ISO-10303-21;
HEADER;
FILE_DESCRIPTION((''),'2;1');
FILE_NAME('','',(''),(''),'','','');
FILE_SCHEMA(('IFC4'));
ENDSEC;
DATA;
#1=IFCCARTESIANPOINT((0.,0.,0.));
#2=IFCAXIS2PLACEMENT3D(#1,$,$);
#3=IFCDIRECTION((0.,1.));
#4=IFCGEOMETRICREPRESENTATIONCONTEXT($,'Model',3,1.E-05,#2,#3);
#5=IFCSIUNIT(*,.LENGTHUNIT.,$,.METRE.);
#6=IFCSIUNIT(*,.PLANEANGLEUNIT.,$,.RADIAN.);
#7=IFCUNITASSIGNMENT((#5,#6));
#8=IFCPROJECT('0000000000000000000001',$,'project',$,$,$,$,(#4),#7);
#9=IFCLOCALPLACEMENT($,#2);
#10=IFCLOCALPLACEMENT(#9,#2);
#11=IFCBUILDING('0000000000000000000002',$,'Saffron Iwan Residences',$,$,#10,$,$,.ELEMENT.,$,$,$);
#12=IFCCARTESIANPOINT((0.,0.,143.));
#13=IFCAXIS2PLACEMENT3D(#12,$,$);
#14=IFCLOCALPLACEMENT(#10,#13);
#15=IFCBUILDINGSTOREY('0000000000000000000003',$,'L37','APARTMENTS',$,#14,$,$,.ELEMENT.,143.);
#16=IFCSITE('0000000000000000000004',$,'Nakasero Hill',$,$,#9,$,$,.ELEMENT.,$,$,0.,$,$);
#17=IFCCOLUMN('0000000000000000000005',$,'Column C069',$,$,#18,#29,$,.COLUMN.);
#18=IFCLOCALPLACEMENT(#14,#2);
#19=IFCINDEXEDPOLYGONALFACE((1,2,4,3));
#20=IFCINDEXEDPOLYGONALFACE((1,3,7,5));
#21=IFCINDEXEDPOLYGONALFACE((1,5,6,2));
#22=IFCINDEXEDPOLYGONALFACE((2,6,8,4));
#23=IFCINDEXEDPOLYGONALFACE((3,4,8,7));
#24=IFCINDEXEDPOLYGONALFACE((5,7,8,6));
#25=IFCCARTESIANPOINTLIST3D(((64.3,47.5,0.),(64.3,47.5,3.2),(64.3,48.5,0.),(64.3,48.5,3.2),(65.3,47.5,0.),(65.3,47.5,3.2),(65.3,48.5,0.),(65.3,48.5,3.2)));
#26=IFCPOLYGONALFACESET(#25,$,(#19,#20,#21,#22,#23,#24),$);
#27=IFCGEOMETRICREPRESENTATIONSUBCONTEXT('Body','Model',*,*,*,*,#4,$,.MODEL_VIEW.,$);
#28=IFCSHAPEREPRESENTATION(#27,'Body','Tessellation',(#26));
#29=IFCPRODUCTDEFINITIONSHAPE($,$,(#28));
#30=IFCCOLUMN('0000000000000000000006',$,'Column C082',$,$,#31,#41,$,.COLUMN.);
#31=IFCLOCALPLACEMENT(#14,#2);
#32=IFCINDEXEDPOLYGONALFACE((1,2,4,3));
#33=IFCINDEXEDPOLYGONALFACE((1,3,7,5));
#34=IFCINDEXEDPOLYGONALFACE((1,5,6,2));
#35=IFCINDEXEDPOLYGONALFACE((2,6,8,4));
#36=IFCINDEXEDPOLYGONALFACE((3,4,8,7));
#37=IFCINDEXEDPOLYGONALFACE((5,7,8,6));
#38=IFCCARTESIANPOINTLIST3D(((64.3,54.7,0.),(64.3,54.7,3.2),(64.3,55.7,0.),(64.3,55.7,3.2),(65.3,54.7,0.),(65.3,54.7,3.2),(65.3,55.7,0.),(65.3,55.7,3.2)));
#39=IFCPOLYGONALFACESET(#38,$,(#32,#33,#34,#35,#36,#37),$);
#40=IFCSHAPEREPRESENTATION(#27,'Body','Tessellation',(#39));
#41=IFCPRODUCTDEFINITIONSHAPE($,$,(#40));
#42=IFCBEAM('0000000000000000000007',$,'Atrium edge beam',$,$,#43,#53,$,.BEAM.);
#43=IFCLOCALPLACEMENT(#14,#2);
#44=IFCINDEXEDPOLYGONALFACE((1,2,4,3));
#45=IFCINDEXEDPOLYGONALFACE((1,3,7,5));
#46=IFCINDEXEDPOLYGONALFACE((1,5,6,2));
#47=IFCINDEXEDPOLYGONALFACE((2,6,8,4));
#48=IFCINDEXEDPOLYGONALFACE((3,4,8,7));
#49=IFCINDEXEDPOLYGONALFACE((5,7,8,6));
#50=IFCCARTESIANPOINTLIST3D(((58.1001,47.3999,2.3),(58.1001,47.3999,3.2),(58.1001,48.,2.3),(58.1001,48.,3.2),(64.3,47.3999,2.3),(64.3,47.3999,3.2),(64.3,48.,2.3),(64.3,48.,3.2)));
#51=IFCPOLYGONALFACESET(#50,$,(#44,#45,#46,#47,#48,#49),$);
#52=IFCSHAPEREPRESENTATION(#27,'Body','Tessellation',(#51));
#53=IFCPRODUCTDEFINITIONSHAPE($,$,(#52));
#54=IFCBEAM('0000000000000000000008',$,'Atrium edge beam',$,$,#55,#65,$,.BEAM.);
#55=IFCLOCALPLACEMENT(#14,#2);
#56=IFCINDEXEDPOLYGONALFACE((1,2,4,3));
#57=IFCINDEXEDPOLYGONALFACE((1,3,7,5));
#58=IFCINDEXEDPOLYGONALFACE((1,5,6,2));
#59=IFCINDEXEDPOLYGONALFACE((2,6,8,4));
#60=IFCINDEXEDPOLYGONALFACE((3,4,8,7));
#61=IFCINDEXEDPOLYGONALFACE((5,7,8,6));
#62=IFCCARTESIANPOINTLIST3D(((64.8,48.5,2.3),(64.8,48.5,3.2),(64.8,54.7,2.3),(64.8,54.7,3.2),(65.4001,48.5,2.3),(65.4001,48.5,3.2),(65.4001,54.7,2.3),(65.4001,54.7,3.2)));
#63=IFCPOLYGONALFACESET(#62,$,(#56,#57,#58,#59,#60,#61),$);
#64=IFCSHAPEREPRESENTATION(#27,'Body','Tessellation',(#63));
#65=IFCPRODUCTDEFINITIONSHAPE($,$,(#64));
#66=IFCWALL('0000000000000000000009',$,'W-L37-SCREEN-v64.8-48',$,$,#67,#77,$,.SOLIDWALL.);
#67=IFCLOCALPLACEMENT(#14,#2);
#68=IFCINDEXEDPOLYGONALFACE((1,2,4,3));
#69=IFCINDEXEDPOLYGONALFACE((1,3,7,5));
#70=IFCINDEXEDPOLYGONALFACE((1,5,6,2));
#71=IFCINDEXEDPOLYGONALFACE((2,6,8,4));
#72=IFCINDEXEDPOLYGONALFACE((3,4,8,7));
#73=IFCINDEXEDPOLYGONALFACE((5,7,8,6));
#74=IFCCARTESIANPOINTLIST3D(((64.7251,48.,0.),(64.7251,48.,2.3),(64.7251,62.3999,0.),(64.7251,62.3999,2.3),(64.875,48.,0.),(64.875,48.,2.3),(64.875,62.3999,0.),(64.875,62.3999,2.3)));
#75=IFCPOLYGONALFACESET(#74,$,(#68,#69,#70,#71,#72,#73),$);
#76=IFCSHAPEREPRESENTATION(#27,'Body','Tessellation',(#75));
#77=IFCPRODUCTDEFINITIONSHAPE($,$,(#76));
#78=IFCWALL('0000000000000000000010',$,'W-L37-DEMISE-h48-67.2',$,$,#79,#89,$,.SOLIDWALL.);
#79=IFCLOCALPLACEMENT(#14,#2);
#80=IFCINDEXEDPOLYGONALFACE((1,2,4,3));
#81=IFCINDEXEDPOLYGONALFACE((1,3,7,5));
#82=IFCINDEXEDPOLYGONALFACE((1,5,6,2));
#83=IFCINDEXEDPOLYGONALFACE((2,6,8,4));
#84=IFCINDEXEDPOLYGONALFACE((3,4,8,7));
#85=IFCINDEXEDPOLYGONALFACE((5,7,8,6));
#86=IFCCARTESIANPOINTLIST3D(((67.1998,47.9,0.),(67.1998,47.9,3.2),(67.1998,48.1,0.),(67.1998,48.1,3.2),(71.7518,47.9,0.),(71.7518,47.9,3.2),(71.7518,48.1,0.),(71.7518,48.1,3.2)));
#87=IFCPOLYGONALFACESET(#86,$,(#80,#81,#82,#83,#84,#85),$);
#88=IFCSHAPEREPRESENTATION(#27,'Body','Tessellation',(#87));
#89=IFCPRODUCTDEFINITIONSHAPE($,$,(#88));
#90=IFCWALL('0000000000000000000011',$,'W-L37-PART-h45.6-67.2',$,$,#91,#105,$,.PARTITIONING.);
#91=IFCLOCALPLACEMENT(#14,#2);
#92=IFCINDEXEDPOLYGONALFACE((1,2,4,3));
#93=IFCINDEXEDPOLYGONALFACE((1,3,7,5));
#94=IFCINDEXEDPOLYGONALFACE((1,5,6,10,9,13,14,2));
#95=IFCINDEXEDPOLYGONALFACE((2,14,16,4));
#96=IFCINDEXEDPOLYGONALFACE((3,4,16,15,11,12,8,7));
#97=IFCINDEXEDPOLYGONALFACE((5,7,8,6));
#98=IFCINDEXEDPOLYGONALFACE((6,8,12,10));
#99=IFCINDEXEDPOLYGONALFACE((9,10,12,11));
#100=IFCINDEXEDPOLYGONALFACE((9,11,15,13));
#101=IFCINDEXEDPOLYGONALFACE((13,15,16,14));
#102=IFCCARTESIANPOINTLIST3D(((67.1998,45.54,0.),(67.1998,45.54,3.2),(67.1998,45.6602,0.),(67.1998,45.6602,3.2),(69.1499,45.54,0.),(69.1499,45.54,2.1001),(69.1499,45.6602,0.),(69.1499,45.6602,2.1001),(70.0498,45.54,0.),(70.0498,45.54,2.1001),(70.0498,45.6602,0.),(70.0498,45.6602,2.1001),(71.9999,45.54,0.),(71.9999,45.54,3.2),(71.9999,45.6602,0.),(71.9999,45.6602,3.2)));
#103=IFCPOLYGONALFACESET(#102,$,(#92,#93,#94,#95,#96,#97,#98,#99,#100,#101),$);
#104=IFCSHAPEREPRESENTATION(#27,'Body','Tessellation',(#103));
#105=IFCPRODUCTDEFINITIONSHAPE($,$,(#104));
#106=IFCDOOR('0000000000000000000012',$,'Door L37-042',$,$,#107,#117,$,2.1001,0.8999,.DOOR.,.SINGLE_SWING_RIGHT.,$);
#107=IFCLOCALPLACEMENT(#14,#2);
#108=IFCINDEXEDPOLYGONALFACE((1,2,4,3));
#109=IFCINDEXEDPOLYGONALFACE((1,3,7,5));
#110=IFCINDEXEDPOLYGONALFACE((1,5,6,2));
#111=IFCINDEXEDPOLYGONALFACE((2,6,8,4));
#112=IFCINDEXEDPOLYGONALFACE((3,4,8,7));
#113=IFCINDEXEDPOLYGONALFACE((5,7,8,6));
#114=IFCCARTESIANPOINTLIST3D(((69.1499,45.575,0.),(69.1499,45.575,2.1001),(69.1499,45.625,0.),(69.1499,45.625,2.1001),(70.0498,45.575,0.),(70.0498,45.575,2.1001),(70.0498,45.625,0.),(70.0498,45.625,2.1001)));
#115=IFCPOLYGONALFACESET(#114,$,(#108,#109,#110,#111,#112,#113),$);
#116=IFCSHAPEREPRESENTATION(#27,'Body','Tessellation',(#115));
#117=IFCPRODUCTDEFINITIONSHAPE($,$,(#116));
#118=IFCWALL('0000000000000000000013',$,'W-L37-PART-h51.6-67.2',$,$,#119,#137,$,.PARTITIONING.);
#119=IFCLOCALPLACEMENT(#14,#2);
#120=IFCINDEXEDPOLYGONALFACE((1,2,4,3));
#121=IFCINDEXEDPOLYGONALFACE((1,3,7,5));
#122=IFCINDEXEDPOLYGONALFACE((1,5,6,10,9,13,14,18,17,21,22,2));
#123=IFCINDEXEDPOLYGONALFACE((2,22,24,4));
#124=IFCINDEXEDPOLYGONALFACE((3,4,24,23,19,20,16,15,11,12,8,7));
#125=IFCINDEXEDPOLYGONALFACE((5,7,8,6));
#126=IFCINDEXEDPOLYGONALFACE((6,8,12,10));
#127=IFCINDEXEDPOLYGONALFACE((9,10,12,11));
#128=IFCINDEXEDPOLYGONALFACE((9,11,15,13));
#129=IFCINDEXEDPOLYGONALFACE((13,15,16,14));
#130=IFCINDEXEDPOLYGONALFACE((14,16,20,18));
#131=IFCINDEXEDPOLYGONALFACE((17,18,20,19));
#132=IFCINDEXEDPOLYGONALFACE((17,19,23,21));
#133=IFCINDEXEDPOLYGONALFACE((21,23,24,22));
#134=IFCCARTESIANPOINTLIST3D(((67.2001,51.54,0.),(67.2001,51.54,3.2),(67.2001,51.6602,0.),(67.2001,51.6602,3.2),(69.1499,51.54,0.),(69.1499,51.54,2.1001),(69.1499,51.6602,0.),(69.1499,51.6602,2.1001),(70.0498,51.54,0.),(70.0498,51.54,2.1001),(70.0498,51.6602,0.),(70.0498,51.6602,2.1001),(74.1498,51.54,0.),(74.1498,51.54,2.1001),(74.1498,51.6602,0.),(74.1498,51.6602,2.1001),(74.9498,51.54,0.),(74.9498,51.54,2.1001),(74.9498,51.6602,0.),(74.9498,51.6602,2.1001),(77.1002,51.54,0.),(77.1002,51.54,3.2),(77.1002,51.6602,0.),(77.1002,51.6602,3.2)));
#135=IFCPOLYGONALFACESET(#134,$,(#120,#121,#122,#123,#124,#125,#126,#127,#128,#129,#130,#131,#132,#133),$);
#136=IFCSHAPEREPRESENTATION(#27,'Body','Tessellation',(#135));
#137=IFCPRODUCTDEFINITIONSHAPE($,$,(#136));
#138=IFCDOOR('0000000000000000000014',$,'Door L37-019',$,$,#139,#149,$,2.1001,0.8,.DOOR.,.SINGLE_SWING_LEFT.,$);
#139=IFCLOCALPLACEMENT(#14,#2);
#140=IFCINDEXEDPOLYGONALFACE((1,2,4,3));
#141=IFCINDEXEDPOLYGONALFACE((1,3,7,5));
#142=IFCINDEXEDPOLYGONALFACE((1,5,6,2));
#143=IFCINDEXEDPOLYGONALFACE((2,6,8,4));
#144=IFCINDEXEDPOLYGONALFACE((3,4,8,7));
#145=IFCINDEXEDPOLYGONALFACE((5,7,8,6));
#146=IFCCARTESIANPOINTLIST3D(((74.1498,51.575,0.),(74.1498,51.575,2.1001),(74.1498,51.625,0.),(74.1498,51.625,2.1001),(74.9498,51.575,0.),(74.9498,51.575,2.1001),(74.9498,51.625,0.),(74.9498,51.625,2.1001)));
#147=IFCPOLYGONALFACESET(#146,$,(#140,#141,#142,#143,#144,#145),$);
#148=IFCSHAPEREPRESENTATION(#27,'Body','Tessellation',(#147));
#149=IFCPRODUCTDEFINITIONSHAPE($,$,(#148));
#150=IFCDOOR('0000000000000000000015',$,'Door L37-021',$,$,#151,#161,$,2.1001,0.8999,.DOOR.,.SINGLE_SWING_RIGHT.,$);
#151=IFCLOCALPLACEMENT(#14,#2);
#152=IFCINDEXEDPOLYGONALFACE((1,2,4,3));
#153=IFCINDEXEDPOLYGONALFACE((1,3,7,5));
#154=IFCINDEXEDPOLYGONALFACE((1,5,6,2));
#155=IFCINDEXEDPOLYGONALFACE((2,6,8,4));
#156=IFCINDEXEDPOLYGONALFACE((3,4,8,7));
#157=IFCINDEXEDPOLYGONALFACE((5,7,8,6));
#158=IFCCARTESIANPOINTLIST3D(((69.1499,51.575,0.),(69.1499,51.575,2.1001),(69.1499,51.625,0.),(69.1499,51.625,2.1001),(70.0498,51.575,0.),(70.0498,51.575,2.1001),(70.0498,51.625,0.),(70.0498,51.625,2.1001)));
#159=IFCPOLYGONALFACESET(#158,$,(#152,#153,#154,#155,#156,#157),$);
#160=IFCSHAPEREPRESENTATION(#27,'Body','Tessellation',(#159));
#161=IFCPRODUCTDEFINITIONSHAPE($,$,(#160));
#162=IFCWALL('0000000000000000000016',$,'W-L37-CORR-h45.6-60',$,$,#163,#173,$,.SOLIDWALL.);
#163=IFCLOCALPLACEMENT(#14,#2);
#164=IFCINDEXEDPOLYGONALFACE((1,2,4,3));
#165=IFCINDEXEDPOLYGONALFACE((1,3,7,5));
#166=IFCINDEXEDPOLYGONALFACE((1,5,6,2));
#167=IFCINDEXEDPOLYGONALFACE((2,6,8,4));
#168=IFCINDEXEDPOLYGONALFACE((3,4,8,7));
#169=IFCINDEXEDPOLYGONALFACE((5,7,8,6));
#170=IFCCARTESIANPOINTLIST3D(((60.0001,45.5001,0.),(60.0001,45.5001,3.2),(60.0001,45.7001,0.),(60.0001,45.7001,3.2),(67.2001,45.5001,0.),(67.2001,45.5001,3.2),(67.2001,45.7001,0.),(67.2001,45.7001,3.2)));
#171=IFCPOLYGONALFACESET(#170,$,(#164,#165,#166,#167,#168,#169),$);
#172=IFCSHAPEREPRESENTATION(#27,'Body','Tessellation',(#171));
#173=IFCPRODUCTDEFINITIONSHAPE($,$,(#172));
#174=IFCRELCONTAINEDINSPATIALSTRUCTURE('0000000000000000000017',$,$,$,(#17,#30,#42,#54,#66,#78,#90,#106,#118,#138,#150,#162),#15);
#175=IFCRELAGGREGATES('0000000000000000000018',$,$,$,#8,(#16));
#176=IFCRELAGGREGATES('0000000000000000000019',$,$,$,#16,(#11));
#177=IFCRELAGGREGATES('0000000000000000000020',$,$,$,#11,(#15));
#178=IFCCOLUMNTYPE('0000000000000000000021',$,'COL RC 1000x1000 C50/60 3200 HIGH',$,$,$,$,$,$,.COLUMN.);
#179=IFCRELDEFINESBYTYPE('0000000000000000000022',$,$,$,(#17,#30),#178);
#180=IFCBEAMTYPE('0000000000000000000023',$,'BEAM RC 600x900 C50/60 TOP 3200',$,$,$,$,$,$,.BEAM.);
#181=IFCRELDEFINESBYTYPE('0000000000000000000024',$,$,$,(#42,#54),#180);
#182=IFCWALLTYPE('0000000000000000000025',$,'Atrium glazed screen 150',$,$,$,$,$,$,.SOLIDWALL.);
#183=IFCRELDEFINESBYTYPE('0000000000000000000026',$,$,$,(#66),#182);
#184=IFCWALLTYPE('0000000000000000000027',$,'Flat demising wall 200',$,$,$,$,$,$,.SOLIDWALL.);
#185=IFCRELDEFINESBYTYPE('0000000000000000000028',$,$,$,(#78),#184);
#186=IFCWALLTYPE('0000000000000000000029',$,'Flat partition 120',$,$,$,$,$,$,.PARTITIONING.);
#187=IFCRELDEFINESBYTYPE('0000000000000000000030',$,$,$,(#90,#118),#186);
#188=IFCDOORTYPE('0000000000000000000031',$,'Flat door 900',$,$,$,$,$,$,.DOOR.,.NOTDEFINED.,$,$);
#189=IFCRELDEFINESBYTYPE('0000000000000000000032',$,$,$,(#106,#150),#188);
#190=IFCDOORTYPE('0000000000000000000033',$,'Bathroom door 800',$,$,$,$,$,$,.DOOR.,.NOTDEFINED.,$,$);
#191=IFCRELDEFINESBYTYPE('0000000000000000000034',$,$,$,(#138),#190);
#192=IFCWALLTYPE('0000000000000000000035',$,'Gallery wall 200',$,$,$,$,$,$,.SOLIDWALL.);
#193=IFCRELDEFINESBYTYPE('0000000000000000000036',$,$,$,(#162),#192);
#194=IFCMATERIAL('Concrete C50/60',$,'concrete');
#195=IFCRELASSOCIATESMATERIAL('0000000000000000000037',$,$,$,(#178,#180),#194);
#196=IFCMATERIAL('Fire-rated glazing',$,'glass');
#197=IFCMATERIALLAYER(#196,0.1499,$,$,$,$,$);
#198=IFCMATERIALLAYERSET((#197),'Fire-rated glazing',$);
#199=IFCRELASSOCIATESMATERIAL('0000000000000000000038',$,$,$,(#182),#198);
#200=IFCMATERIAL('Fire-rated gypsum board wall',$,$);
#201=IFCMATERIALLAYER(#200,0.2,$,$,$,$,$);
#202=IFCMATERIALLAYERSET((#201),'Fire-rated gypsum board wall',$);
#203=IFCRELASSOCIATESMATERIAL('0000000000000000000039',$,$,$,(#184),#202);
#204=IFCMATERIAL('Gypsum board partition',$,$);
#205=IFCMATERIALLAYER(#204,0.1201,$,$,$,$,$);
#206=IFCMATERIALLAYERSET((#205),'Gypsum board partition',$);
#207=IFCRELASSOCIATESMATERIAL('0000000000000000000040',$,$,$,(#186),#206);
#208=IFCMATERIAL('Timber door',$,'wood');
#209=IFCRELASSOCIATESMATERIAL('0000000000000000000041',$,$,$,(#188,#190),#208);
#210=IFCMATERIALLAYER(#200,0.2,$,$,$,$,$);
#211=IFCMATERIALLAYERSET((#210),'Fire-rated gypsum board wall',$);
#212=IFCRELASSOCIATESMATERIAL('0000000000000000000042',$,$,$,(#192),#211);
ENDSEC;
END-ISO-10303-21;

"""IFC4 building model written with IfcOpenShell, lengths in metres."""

from ifc_helpers import new_model, si_unit, direction, frame, frame_2d, origin, origin_2d, place, context, subcontext, project, spatial, rectangle, extrude, source, transform, mapped, material, layer, layer_set, material_profile, profile_set, type_object, element, fill, save


model = new_model("IFC4")

# Units and contexts
model_context = context("Model", 3, precision=1e-05, world=origin(), true_north=direction((0.0, 1.0)))
body_context = subcontext(model_context, "Body", "Model", "MODEL_VIEW")
ifc_project = project(units=[si_unit("LENGTHUNIT", "METRE"), si_unit("PLANEANGLEUNIT", "RADIAN")], contexts=[model_context])

# Site, building, storey
site_placement = place(None, origin())
site = spatial("IfcSite", under=ifc_project, at=site_placement, Name="Nakasero Hill", CompositionType="ELEMENT", RefElevation=0.0)
building_placement = place(site_placement, origin())
building = spatial("IfcBuilding", under=site, at=building_placement, Name="Saffron Iwan Residences", CompositionType="ELEMENT")
storey_placement = place(building_placement, frame((0.0, 0.0, 143.0)))
storey = spatial("IfcBuildingStorey", under=building, at=storey_placement, Name="L37", Description="APARTMENTS", CompositionType="ELEMENT", Elevation=143.0)

# Columns
ifc_material_1 = material(Name="Concrete C50/60", Category="concrete")
ifc_material_profile_1 = material_profile(ifc_material_1, rectangle(XDim=1.0, YDim=1.0, at=origin_2d()), Name="RC 1000x1000")
ifc_profile_set_1 = profile_set([ifc_material_profile_1], Name="Concrete C50/60")
column_type = type_object("IfcColumnType", Name="COL RC 1000x1000 C50/60 3200 HIGH", PredefinedType="COLUMN", material=ifc_profile_set_1)
shared_shape_1 = source(origin(), body_context, "Body", "SweptSolid", [
    extrude(rectangle(XDim=1.0, YDim=1.0, at=origin_2d()), origin(), (0.0, 0.0, 1.0), 3.2),
])
for number, where, z_axis, x_axis, name in (
    (1, (64.8, 48.0, 0.0), (0.0, 0.0, 1.0), (1.0, 0.0, 0.0), "Column C069"),
    (2, (64.8, 55.2, 0.0), (0.0, 0.0, 1.0), (1.0, 0.0, 0.0), "Column C082"),
):
    element("IfcColumn", number, at=place(storey_placement, frame(where, z_axis=z_axis, x_axis=x_axis)), inside=storey, type_object=column_type, Name=name, PredefinedType="COLUMN", context=body_context, shape_type="MappedRepresentation", body=[
        mapped(shared_shape_1, transform((0.0, 0.0, 0.0))),
    ])

# Beams
ifc_material_profile_2 = material_profile(ifc_material_1, rectangle(XDim=0.6001, YDim=0.8999, at=origin_2d()), Name="RC 600x900")
ifc_profile_set_2 = profile_set([ifc_material_profile_2], Name="Concrete C50/60")
beam_type = type_object("IfcBeamType", Name="BEAM RC 600x900 C50/60 TOP 3200", PredefinedType="BEAM", material=ifc_profile_set_2)
shared_shape_2 = source(origin(), body_context, "Body", "SweptSolid", [
    extrude(rectangle(XDim=0.6001, YDim=0.8999, at=origin_2d()), origin(), (0.0, 0.0, 1.0), 6.2),
])
for number, where, z_axis, x_axis, name in (
    (3, (64.3, 47.7, 2.75), (-1.0, 0.0, 0.0), (0.0, -1.0, 0.0), "Atrium edge beam"),
    (4, (65.1001, 54.7, 2.75), (0.0, -1.0, 0.0), (1.0, 0.0, 0.0), "Atrium edge beam"),
):
    element("IfcBeam", number, at=place(storey_placement, frame(where, z_axis=z_axis, x_axis=x_axis)), inside=storey, type_object=beam_type, Name=name, PredefinedType="BEAM", context=body_context, shape_type="MappedRepresentation", body=[
        mapped(shared_shape_2, transform((0.0, 0.0, 0.0))),
    ])

# Walls
ifc_material_2 = material(Name="Fire-rated glazing", Category="glass")
ifc_layer_1 = layer(ifc_material_2, 0.1499)
ifc_layer_set_1 = layer_set([ifc_layer_1], Name="Fire-rated glazing")
wall_type_1 = type_object("IfcWallType", Name="Atrium glazed screen 150", PredefinedType="SOLIDWALL", material=ifc_layer_set_1)
wall_1_placement = place(storey_placement, frame((64.8, 48.0, 0.0), z_axis=(0.0, 0.0, 1.0), x_axis=(0.0, 1.0, 0.0)))
element("IfcWall", 5, at=wall_1_placement, inside=storey, type_object=wall_type_1, Name="W-L37-SCREEN-v64.8-48", PredefinedType="SOLIDWALL", context=body_context, shape_type="SweptSolid", body=[
    extrude(rectangle(XDim=14.3999, YDim=0.1499, at=frame_2d((7.2, 0.0))), origin(), (0.0, 0.0, 1.0), 2.3),
])
ifc_material_3 = material(Name="Fire-rated gypsum board wall")
ifc_layer_2 = layer(ifc_material_3, 0.2)
ifc_layer_set_2 = layer_set([ifc_layer_2], Name="Fire-rated gypsum board wall")
wall_type_2 = type_object("IfcWallType", Name="Flat demising wall 200", PredefinedType="SOLIDWALL", material=ifc_layer_set_2)
wall_2_placement = place(storey_placement, frame((67.2, 48.0, 0.0), z_axis=(0.0, 0.0, 1.0), x_axis=(1.0, 0.0, 0.0)))
element("IfcWall", 6, at=wall_2_placement, inside=storey, type_object=wall_type_2, Name="W-L37-DEMISE-h48-67.2", PredefinedType="SOLIDWALL", context=body_context, shape_type="SweptSolid", body=[
    extrude(rectangle(XDim=4.552, YDim=0.2, at=frame_2d((2.2759, 0.0))), origin(), (0.0, 0.0, 1.0), 3.2),
])

# Wall, opening, door
ifc_material_4 = material(Name="Gypsum board partition")
ifc_layer_3 = layer(ifc_material_4, 0.1201)
ifc_layer_set_3 = layer_set([ifc_layer_3], Name="Gypsum board partition")
wall_type_3 = type_object("IfcWallType", Name="Flat partition 120", PredefinedType="PARTITIONING", material=ifc_layer_set_3)
wall_3_placement = place(storey_placement, frame((67.2, 45.6001, 0.0), z_axis=(0.0, 0.0, 1.0), x_axis=(1.0, 0.0, 0.0)))
wall_3 = element("IfcWall", 7, at=wall_3_placement, inside=storey, type_object=wall_type_3, Name="W-L37-PART-h45.6-67.2", PredefinedType="PARTITIONING", context=body_context, shape_type="SweptSolid", body=[
    extrude(rectangle(XDim=4.8, YDim=0.1201, at=frame_2d((2.3999, 0.0))), origin(), (0.0, 0.0, 1.0), 3.2),
])
opening_1_placement = place(wall_3_placement, frame((1.95, 0.0, 0.0)))
opening_1 = element("IfcOpeningElement", 8, at=opening_1_placement, cuts=wall_3, PredefinedType="OPENING", context=body_context, shape_type="SweptSolid", body=[
    extrude(rectangle(XDim=0.8999, YDim=2.1001, at=frame_2d((0.45, 1.05))), frame((0.0, 0.0701, 0.0), z_axis=(0.0, -1.0, 0.0), x_axis=(1.0, 0.0, 0.0)), (0.0, 0.0, 1.0), 0.1401),
])
ifc_material_5 = material(Name="Timber door", Category="wood")
door_type_1 = type_object("IfcDoorType", Name="Flat door 900", OperationType="NOTDEFINED", PredefinedType="DOOR", material=ifc_material_5)
door_1_placement = place(opening_1_placement, origin())
door_1 = element("IfcDoor", 9, at=door_1_placement, inside=storey, type_object=door_type_1, Name="Door L37-042", OperationType="SINGLE_SWING_RIGHT", OverallHeight=2.1001, OverallWidth=0.8999, PredefinedType="DOOR", context=body_context, shape_type="SweptSolid", body=[
    extrude(rectangle(XDim=0.8999, YDim=2.1001, at=frame_2d((0.45, 1.05))), frame((0.0, 0.0249, 0.0), z_axis=(0.0, -1.0, 0.0), x_axis=(1.0, 0.0, 0.0)), (0.0, 0.0, 1.0), 0.05),
])
fill(opening_1, door_1)

# Wall, openings, doors
wall_4_placement = place(storey_placement, frame((67.2, 51.6001, 0.0), z_axis=(0.0, 0.0, 1.0), x_axis=(1.0, 0.0, 0.0)))
wall_4 = element("IfcWall", 10, at=wall_4_placement, inside=storey, type_object=wall_type_3, Name="W-L37-PART-h51.6-67.2", PredefinedType="PARTITIONING", context=body_context, shape_type="SweptSolid", body=[
    extrude(rectangle(XDim=9.9001, YDim=0.1201, at=frame_2d((4.9502, 0.0))), origin(), (0.0, 0.0, 1.0), 3.2),
])
opening_2_placement = place(wall_4_placement, frame((6.95, 0.0, 0.0)))
opening_2 = element("IfcOpeningElement", 11, at=opening_2_placement, cuts=wall_4, PredefinedType="OPENING", context=body_context, shape_type="SweptSolid", body=[
    extrude(rectangle(XDim=0.8, YDim=2.1001, at=frame_2d((0.3999, 1.05))), frame((0.0, 0.0701, 0.0), z_axis=(0.0, -1.0, 0.0), x_axis=(1.0, 0.0, 0.0)), (0.0, 0.0, 1.0), 0.1401),
])
opening_3_placement = place(wall_4_placement, frame((1.95, 0.0, 0.0)))
opening_3 = element("IfcOpeningElement", 12, at=opening_3_placement, cuts=wall_4, PredefinedType="OPENING", context=body_context, shape_type="SweptSolid", body=[
    extrude(rectangle(XDim=0.8999, YDim=2.1001, at=frame_2d((0.45, 1.05))), frame((0.0, 0.0701, 0.0), z_axis=(0.0, -1.0, 0.0), x_axis=(1.0, 0.0, 0.0)), (0.0, 0.0, 1.0), 0.1401),
])
door_type_2 = type_object("IfcDoorType", Name="Bathroom door 800", OperationType="NOTDEFINED", PredefinedType="DOOR", material=ifc_material_5)
door_2_placement = place(opening_2_placement, origin())
door_2 = element("IfcDoor", 13, at=door_2_placement, inside=storey, type_object=door_type_2, Name="Door L37-019", OperationType="SINGLE_SWING_LEFT", OverallHeight=2.1001, OverallWidth=0.8, PredefinedType="DOOR", context=body_context, shape_type="SweptSolid", body=[
    extrude(rectangle(XDim=0.8, YDim=2.1001, at=frame_2d((0.3999, 1.05))), frame((0.0, 0.0249, 0.0), z_axis=(0.0, -1.0, 0.0), x_axis=(1.0, 0.0, 0.0)), (0.0, 0.0, 1.0), 0.05),
])
fill(opening_2, door_2)
door_3_placement = place(opening_3_placement, origin())
door_3 = element("IfcDoor", 14, at=door_3_placement, inside=storey, type_object=door_type_1, Name="Door L37-021", OperationType="SINGLE_SWING_RIGHT", OverallHeight=2.1001, OverallWidth=0.8999, PredefinedType="DOOR", context=body_context, shape_type="SweptSolid", body=[
    extrude(rectangle(XDim=0.8999, YDim=2.1001, at=frame_2d((0.45, 1.05))), frame((0.0, 0.0249, 0.0), z_axis=(0.0, -1.0, 0.0), x_axis=(1.0, 0.0, 0.0)), (0.0, 0.0, 1.0), 0.05),
])
fill(opening_3, door_3)

# Wall
ifc_layer_4 = layer(ifc_material_3, 0.2)
ifc_layer_set_4 = layer_set([ifc_layer_4], Name="Fire-rated gypsum board wall")
wall_type_4 = type_object("IfcWallType", Name="Gallery wall 200", PredefinedType="SOLIDWALL", material=ifc_layer_set_4)
wall_5_placement = place(storey_placement, frame((60.0, 45.6001, 0.0), z_axis=(0.0, 0.0, 1.0), x_axis=(1.0, 0.0, 0.0)))
element("IfcWall", 15, at=wall_5_placement, inside=storey, type_object=wall_type_4, Name="W-L37-CORR-h45.6-60", PredefinedType="SOLIDWALL", context=body_context, shape_type="SweptSolid", body=[
    extrude(rectangle(XDim=7.2, YDim=0.2, at=frame_2d((3.6001, 0.0))), origin(), (0.0, 0.0, 1.0), 3.2),
])

save(model, "model.ifc")
